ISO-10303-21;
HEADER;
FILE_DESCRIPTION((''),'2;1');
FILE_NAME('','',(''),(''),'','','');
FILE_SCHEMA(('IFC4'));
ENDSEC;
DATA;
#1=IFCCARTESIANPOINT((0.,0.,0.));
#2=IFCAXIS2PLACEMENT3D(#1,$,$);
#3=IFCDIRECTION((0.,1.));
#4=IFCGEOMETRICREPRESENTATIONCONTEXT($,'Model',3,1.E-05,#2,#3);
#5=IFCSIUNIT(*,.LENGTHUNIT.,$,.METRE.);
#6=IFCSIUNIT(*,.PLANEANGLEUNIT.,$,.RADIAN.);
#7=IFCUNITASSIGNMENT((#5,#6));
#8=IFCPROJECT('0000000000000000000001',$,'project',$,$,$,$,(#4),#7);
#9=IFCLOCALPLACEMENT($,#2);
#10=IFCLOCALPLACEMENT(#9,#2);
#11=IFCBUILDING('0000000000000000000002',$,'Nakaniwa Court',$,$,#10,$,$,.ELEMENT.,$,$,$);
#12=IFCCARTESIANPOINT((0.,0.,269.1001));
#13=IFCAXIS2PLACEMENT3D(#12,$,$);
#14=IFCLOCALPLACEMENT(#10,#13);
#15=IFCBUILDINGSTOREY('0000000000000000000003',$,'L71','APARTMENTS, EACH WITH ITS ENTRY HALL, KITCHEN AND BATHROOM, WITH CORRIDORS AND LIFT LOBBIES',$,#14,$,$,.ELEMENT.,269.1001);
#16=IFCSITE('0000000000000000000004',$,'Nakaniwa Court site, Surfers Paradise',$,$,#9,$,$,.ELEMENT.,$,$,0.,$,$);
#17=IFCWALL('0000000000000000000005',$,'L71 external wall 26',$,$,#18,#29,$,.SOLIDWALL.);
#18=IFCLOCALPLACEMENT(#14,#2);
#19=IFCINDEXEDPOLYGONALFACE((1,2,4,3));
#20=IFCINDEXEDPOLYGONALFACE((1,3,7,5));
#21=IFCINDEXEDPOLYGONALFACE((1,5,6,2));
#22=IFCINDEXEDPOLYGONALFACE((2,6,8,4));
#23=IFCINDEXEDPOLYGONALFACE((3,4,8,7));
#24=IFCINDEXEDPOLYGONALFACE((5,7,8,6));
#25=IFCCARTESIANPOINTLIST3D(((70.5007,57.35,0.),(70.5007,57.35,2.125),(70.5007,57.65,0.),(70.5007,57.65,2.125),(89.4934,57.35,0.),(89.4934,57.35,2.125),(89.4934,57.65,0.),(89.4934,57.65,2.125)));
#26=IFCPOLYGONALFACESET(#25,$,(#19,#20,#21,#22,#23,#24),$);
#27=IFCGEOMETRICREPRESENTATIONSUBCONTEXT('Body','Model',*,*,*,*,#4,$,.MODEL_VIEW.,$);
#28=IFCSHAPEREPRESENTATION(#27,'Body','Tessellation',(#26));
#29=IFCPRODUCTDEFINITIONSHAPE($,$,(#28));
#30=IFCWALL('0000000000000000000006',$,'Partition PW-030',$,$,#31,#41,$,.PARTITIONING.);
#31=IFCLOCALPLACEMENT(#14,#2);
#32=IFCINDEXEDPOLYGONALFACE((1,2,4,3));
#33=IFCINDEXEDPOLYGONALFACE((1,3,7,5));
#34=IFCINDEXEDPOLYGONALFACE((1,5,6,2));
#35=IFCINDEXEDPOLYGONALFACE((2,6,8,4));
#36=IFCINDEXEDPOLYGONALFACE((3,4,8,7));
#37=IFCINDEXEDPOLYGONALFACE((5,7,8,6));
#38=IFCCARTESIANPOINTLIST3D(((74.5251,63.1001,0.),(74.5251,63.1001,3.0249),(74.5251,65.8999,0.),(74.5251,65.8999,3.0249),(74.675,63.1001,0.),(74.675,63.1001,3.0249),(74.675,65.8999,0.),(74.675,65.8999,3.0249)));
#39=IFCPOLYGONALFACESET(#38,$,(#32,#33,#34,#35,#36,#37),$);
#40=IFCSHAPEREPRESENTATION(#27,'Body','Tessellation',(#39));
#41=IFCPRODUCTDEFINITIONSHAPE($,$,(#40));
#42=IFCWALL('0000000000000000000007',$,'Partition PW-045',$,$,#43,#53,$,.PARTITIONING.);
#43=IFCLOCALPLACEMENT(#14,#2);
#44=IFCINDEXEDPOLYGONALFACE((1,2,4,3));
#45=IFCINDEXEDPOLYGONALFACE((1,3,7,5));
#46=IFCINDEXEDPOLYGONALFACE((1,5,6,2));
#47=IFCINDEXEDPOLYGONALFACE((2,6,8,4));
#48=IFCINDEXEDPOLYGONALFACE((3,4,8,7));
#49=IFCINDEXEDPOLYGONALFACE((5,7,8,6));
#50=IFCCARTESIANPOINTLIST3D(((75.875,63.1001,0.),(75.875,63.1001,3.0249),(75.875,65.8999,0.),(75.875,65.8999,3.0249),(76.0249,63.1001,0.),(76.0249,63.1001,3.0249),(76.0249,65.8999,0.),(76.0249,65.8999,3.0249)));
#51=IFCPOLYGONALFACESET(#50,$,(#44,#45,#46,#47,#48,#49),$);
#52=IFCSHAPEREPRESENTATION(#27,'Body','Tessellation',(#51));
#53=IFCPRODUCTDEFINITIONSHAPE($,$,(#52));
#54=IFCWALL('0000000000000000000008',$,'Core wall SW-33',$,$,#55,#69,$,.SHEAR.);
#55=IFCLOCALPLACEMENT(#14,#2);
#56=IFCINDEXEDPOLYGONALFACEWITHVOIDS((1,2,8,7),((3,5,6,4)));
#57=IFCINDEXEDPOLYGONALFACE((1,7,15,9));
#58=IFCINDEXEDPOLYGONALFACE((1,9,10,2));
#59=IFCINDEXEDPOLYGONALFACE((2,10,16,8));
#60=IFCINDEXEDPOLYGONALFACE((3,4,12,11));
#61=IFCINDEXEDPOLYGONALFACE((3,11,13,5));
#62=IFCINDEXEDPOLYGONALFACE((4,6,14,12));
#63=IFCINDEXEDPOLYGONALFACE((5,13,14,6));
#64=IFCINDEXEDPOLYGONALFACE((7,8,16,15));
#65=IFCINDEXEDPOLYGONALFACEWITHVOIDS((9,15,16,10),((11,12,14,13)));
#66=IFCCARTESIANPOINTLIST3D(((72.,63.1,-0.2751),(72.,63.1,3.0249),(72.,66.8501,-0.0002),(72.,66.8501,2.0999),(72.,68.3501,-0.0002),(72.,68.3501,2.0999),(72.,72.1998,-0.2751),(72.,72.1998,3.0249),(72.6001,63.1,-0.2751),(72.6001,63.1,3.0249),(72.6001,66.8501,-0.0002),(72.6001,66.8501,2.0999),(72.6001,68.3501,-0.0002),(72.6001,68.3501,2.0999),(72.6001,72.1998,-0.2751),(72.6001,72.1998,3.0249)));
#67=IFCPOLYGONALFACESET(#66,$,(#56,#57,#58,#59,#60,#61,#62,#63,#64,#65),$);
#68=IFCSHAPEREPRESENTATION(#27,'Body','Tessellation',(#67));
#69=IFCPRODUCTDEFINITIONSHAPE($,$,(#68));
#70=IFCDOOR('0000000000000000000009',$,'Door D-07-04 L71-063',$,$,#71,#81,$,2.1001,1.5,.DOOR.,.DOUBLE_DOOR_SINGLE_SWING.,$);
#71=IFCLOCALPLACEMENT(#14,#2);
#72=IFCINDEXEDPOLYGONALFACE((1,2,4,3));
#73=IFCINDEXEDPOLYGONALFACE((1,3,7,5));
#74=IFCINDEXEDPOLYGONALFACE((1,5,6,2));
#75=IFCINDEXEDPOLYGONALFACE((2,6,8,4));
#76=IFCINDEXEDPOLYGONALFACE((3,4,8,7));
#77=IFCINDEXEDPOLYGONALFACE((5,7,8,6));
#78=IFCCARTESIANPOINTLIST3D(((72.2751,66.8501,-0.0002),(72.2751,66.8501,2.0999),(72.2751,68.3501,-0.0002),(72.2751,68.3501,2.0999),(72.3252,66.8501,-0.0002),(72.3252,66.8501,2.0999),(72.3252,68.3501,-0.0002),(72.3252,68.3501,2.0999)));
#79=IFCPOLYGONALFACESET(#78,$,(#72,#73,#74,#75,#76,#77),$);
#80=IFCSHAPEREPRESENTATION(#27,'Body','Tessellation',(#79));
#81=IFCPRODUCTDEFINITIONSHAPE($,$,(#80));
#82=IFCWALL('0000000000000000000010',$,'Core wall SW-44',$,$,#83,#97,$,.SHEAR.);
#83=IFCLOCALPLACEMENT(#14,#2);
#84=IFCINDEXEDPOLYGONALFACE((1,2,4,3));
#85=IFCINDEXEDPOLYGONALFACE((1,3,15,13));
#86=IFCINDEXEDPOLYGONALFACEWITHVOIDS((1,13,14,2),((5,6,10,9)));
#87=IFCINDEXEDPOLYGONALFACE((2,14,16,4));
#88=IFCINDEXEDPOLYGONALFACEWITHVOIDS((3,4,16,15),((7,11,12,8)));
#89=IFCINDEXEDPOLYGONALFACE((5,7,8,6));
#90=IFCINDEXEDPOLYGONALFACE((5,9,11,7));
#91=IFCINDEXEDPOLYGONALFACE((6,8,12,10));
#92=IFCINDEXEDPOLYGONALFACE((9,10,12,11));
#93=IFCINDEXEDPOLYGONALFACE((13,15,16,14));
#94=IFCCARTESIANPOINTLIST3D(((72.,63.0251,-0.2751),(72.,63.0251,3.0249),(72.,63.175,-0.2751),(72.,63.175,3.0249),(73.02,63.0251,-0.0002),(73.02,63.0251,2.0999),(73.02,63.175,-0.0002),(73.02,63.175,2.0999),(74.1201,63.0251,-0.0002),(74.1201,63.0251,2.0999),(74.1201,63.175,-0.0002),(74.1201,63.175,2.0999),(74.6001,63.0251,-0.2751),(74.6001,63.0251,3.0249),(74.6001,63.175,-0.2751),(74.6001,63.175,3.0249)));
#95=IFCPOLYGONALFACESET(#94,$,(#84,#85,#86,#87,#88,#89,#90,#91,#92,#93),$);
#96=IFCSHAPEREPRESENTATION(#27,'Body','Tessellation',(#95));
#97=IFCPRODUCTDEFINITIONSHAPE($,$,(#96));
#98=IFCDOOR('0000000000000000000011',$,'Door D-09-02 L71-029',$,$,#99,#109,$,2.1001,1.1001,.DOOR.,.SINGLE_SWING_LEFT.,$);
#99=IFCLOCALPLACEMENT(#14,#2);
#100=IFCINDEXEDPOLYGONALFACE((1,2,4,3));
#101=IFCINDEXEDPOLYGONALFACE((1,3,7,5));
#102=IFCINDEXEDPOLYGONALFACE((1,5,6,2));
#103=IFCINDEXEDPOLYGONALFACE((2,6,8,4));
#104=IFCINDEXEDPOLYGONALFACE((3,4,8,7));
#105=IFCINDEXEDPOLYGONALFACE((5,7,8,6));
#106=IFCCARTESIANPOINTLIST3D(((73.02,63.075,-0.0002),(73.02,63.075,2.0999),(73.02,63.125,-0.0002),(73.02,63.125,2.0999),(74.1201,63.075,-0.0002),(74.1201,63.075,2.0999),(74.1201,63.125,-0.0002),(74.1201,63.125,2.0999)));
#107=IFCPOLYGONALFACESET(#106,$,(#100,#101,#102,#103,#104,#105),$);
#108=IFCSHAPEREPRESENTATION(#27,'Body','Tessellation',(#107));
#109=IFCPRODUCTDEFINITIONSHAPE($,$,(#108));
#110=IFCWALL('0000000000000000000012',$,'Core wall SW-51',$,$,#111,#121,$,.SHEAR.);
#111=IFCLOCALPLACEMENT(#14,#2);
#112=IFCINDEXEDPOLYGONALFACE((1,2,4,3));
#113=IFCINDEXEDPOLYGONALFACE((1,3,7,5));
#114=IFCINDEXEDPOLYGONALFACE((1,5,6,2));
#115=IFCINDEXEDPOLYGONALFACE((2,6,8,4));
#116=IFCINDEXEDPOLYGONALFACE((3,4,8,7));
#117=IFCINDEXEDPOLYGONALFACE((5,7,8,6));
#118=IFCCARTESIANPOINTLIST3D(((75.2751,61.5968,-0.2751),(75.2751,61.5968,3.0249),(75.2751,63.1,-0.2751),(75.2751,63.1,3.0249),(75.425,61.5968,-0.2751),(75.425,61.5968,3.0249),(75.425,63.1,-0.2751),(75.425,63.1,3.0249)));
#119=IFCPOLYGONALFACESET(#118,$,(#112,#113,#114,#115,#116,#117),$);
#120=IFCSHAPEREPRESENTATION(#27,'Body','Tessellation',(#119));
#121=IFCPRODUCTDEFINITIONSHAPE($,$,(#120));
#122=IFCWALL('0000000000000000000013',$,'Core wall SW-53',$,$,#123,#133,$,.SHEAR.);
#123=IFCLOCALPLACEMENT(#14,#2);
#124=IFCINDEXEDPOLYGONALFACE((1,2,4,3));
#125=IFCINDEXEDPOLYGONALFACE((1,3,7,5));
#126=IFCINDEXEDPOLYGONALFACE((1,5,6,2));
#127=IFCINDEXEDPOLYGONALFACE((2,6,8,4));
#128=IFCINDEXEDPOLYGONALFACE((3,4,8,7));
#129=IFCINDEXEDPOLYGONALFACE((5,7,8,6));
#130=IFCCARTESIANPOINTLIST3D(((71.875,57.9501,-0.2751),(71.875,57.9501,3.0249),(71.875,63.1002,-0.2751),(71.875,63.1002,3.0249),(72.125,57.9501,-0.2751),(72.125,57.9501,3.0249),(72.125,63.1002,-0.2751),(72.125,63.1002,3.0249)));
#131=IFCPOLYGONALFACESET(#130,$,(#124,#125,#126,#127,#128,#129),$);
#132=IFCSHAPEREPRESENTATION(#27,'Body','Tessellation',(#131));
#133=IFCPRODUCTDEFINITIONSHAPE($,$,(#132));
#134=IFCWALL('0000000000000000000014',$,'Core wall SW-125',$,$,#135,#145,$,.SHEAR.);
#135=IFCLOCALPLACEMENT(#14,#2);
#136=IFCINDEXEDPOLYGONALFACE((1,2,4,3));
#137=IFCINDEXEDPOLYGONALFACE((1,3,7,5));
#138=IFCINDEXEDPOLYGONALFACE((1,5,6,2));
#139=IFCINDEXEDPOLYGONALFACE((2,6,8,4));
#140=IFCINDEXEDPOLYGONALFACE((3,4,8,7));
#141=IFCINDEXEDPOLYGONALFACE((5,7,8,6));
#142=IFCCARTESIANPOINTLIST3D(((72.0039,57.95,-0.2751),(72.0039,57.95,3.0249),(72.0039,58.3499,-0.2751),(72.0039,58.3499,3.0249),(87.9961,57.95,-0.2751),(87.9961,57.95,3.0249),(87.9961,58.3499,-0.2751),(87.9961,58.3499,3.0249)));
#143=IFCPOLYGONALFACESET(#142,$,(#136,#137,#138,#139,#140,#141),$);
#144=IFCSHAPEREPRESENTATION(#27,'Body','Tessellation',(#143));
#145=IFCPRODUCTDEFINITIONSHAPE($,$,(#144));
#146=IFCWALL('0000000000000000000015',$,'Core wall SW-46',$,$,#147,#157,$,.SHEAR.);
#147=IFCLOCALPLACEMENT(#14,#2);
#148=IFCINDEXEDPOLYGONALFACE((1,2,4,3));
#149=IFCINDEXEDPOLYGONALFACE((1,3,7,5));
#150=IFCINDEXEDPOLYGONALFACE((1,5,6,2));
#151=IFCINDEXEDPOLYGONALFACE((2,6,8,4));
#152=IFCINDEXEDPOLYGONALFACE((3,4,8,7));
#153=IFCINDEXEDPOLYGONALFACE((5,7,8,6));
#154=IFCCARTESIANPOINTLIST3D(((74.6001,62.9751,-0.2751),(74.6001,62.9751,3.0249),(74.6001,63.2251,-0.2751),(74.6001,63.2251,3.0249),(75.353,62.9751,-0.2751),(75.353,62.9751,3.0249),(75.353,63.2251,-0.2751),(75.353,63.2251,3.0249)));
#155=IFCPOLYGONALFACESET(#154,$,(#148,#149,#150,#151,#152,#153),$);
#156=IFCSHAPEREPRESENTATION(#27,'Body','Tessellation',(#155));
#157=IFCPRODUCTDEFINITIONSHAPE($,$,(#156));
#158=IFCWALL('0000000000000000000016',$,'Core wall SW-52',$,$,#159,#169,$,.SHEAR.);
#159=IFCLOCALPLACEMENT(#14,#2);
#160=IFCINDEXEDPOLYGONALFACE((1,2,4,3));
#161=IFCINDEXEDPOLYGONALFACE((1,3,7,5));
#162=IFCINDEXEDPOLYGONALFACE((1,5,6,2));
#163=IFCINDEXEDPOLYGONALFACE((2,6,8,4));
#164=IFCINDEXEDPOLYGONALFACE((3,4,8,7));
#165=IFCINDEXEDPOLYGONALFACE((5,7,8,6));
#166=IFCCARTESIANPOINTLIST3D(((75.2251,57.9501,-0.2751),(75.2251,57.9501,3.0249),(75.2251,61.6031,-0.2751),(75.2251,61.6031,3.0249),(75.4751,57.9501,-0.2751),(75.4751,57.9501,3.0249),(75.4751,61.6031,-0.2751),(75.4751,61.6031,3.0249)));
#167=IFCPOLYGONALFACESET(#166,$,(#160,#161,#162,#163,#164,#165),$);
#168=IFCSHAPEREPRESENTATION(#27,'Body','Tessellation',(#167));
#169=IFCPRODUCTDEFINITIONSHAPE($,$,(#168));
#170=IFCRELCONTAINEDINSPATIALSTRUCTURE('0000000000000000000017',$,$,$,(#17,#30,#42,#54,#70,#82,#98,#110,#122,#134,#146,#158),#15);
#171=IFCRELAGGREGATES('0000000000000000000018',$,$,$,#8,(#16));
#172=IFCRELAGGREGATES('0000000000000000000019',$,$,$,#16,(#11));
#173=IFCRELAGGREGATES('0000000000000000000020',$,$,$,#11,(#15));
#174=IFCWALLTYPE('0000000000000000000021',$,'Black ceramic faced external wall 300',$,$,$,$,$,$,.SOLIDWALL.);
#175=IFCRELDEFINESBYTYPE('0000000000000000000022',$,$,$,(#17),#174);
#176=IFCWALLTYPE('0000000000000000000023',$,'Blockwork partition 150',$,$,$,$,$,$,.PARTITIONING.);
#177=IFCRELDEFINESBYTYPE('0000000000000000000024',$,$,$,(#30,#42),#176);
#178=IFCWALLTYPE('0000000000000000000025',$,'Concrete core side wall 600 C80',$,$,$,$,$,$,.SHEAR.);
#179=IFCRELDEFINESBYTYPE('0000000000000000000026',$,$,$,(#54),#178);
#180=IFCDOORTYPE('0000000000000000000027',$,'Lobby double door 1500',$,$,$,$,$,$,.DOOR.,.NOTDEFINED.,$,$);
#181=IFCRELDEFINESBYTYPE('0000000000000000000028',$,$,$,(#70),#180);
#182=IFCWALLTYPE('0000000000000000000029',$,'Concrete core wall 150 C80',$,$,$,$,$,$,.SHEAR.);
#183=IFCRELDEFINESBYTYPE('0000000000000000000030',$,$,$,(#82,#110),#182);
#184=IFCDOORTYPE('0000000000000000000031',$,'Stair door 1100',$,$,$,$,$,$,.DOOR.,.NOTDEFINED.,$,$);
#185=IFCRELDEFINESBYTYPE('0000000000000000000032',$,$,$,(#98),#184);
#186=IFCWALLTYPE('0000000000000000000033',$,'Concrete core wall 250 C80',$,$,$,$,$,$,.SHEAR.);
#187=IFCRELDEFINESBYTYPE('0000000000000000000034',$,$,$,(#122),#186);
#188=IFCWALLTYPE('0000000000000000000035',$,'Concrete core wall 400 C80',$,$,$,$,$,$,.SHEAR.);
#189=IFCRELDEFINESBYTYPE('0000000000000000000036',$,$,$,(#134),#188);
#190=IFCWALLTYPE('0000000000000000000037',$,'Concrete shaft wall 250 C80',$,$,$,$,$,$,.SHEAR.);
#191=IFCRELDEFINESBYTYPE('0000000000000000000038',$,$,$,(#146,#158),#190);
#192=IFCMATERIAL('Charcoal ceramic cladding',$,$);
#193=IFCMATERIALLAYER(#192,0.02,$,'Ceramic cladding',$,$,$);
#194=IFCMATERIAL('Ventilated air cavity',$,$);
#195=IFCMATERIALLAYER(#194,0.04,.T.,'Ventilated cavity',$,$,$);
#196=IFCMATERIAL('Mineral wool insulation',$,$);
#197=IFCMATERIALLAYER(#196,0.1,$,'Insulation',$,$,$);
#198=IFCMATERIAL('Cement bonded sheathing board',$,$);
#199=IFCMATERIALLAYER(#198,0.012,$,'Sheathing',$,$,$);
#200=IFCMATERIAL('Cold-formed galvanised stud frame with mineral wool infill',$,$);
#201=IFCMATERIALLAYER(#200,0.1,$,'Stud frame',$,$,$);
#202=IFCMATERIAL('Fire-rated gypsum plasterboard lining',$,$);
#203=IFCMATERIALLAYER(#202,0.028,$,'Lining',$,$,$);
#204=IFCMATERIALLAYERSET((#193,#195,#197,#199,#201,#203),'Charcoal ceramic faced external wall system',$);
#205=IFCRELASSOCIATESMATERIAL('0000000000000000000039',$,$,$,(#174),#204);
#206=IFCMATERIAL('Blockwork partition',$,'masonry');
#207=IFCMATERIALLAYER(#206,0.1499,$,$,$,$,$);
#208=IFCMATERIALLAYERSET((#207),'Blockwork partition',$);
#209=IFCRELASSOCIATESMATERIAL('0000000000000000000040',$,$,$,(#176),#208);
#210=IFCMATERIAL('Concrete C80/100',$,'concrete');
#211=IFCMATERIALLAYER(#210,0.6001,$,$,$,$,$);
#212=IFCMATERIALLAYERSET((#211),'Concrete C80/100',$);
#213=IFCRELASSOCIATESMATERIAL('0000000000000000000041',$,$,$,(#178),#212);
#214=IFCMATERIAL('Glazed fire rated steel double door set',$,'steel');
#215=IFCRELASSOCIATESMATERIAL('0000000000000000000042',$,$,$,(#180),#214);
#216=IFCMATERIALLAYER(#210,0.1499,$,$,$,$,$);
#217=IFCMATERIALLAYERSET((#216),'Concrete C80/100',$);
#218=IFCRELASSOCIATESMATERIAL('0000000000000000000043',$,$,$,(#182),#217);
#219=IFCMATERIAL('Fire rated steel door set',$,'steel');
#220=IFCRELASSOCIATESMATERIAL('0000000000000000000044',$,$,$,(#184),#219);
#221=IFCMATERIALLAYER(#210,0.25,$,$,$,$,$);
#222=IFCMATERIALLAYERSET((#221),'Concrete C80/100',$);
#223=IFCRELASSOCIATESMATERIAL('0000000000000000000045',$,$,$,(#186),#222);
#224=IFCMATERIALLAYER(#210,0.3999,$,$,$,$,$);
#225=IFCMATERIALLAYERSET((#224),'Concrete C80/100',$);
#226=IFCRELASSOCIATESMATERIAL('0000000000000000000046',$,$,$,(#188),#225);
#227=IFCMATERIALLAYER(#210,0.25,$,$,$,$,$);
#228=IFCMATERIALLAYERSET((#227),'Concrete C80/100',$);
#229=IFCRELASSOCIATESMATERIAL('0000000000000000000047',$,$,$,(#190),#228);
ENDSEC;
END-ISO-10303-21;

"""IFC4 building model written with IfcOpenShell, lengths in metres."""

from ifc_helpers import new_model, si_unit, direction, frame, frame_2d, origin, place, context, subcontext, project, spatial, rectangle, extrude, material, layer, layer_set, type_object, element, fill, save


model = new_model("IFC4")

# Units and contexts
model_context = context("Model", 3, precision=1e-05, world=origin(), true_north=direction((0.0, 1.0)))
body_context = subcontext(model_context, "Body", "Model", "MODEL_VIEW")
ifc_project = project(units=[si_unit("LENGTHUNIT", "METRE"), si_unit("PLANEANGLEUNIT", "RADIAN")], contexts=[model_context])

# Site, building, storey
site_placement = place(None, origin())
site = spatial("IfcSite", under=ifc_project, at=site_placement, Name="Nakaniwa Court site, Surfers Paradise", CompositionType="ELEMENT", RefElevation=0.0)
building_placement = place(site_placement, origin())
building = spatial("IfcBuilding", under=site, at=building_placement, Name="Nakaniwa Court", CompositionType="ELEMENT")
storey_placement = place(building_placement, frame((0.0, 0.0, 269.1001)))
storey = spatial("IfcBuildingStorey", under=building, at=storey_placement, Name="L71", Description="APARTMENTS, EACH WITH ITS ENTRY HALL, KITCHEN AND BATHROOM, WITH CORRIDORS AND LIFT LOBBIES", CompositionType="ELEMENT", Elevation=269.1001)

# Walls
ifc_material_1 = material(Name="Charcoal ceramic cladding")
ifc_layer_1 = layer(ifc_material_1, 0.02, Name="Ceramic cladding")
ifc_material_2 = material(Name="Ventilated air cavity")
ifc_layer_2 = layer(ifc_material_2, 0.04, ventilated=True, Name="Ventilated cavity")
ifc_material_3 = material(Name="Mineral wool insulation")
ifc_layer_3 = layer(ifc_material_3, 0.1, Name="Insulation")
ifc_material_4 = material(Name="Cement bonded sheathing board")
ifc_layer_4 = layer(ifc_material_4, 0.012, Name="Sheathing")
ifc_material_5 = material(Name="Cold-formed galvanised stud frame with mineral wool infill")
ifc_layer_5 = layer(ifc_material_5, 0.1, Name="Stud frame")
ifc_material_6 = material(Name="Fire-rated gypsum plasterboard lining")
ifc_layer_6 = layer(ifc_material_6, 0.028, Name="Lining")
ifc_layer_set_1 = layer_set([ifc_layer_1, ifc_layer_2, ifc_layer_3, ifc_layer_4, ifc_layer_5, ifc_layer_6], Name="Charcoal ceramic faced external wall system")
wall_type_1 = type_object("IfcWallType", Name="Black ceramic faced external wall 300", PredefinedType="SOLIDWALL", material=ifc_layer_set_1)
wall_1_placement = place(storey_placement, frame((70.5007, 57.5, 0.0), z_axis=(0.0, 0.0, 1.0), x_axis=(1.0, 0.0, 0.0)))
element("IfcWall", 1, at=wall_1_placement, inside=storey, type_object=wall_type_1, Name="L71 external wall 26", PredefinedType="SOLIDWALL", context=body_context, shape_type="SweptSolid", body=[
    extrude(rectangle(XDim=18.9927, YDim=0.3, at=frame_2d((9.4963, 0.0))), origin(), (0.0, 0.0, 1.0), 2.125),
])
ifc_material_7 = material(Name="Blockwork partition", Category="masonry")
ifc_layer_7 = layer(ifc_material_7, 0.1499)
ifc_layer_set_2 = layer_set([ifc_layer_7], Name="Blockwork partition")
wall_type_2 = type_object("IfcWallType", Name="Blockwork partition 150", PredefinedType="PARTITIONING", material=ifc_layer_set_2)
for number, where, z_axis, x_axis, name in (
    (2, (74.6001, 63.1001, 0.0), (0.0, 0.0, 1.0), (0.0, 1.0, 0.0), "Partition PW-030"),
    (3, (75.95, 63.1001, 0.0), (0.0, 0.0, 1.0), (0.0, 1.0, 0.0), "Partition PW-045"),
):
    element("IfcWall", number, at=place(storey_placement, frame(where, z_axis=z_axis, x_axis=x_axis)), inside=storey, type_object=wall_type_2, Name=name, PredefinedType="PARTITIONING", context=body_context, shape_type="SweptSolid", body=[
        extrude(rectangle(XDim=2.7998, YDim=0.1499, at=frame_2d((1.3999, 0.0))), origin(), (0.0, 0.0, 1.0), 3.0249),
    ])

# Walls, openings, doors
ifc_material_8 = material(Name="Concrete C80/100", Category="concrete")
ifc_layer_8 = layer(ifc_material_8, 0.6001)
ifc_layer_set_3 = layer_set([ifc_layer_8], Name="Concrete C80/100")
wall_type_3 = type_object("IfcWallType", Name="Concrete core side wall 600 C80", PredefinedType="SHEAR", material=ifc_layer_set_3)
wall_2_placement = place(storey_placement, frame((72.3, 63.1001, -0.2751), z_axis=(0.0, 0.0, 1.0), x_axis=(0.0, 1.0, 0.0)))
wall_2 = element("IfcWall", 4, at=wall_2_placement, inside=storey, type_object=wall_type_3, Name="Core wall SW-33", PredefinedType="SHEAR", context=body_context, shape_type="SweptSolid", body=[
    extrude(rectangle(XDim=9.0999, YDim=0.6001, at=frame_2d((4.5498, 0.0))), origin(), (0.0, 0.0, 1.0), 3.3),
])
opening_1_placement = place(wall_2_placement, frame((3.75, 0.0, 0.2749)))
opening_1 = element("IfcOpeningElement", 5, at=opening_1_placement, cuts=wall_2, PredefinedType="OPENING", context=body_context, shape_type="SweptSolid", body=[
    extrude(rectangle(XDim=1.5, YDim=2.1001, at=frame_2d((0.75, 1.05))), frame((0.0, 0.3101, 0.0), z_axis=(0.0, -1.0, 0.0), x_axis=(1.0, 0.0, 0.0)), (0.0, 0.0, 1.0), 0.6201),
])
ifc_material_9 = material(Name="Glazed fire rated steel double door set", Category="steel")
door_type_1 = type_object("IfcDoorType", Name="Lobby double door 1500", OperationType="NOTDEFINED", PredefinedType="DOOR", material=ifc_material_9)
door_1_placement = place(opening_1_placement, origin())
door_1 = element("IfcDoor", 6, at=door_1_placement, inside=storey, type_object=door_type_1, Name="Door D-07-04 L71-063", OperationType="DOUBLE_DOOR_SINGLE_SWING", OverallHeight=2.1001, OverallWidth=1.5, PredefinedType="DOOR", context=body_context, shape_type="SweptSolid", body=[
    extrude(rectangle(XDim=1.5, YDim=2.1001, at=frame_2d((0.75, 1.05))), frame((0.0, 0.0249, 0.0), z_axis=(0.0, -1.0, 0.0), x_axis=(1.0, 0.0, 0.0)), (0.0, 0.0, 1.0), 0.05),
])
fill(opening_1, door_1)
ifc_layer_9 = layer(ifc_material_8, 0.1499)
ifc_layer_set_4 = layer_set([ifc_layer_9], Name="Concrete C80/100")
wall_type_4 = type_object("IfcWallType", Name="Concrete core wall 150 C80", PredefinedType="SHEAR", material=ifc_layer_set_4)
wall_3_placement = place(storey_placement, frame((72.0, 63.1001, -0.2751), z_axis=(0.0, 0.0, 1.0), x_axis=(1.0, 0.0, 0.0)))
wall_3 = element("IfcWall", 7, at=wall_3_placement, inside=storey, type_object=wall_type_4, Name="Core wall SW-44", PredefinedType="SHEAR", context=body_context, shape_type="SweptSolid", body=[
    extrude(rectangle(XDim=2.6001, YDim=0.1499, at=frame_2d((1.3, 0.0))), origin(), (0.0, 0.0, 1.0), 3.3),
])
opening_2_placement = place(wall_3_placement, frame((1.02, 0.0, 0.2749)))
opening_2 = element("IfcOpeningElement", 8, at=opening_2_placement, cuts=wall_3, PredefinedType="OPENING", context=body_context, shape_type="SweptSolid", body=[
    extrude(rectangle(XDim=1.1001, YDim=2.1001, at=frame_2d((0.55, 1.05))), frame((0.0, 0.085, 0.0), z_axis=(0.0, -1.0, 0.0), x_axis=(1.0, 0.0, 0.0)), (0.0, 0.0, 1.0), 0.1699),
])
ifc_material_10 = material(Name="Fire rated steel door set", Category="steel")
door_type_2 = type_object("IfcDoorType", Name="Stair door 1100", OperationType="NOTDEFINED", PredefinedType="DOOR", material=ifc_material_10)
door_2_placement = place(opening_2_placement, origin())
door_2 = element("IfcDoor", 9, at=door_2_placement, inside=storey, type_object=door_type_2, Name="Door D-09-02 L71-029", OperationType="SINGLE_SWING_LEFT", OverallHeight=2.1001, OverallWidth=1.1001, PredefinedType="DOOR", context=body_context, shape_type="SweptSolid", body=[
    extrude(rectangle(XDim=1.1001, YDim=2.1001, at=frame_2d((0.55, 1.05))), frame((0.0, 0.0249, 0.0), z_axis=(0.0, -1.0, 0.0), x_axis=(1.0, 0.0, 0.0)), (0.0, 0.0, 1.0), 0.05),
])
fill(opening_2, door_2)

# Walls
wall_4_placement = place(storey_placement, frame((75.3501, 61.5969, -0.2751), z_axis=(0.0, 0.0, 1.0), x_axis=(0.0, 1.0, 0.0)))
element("IfcWall", 10, at=wall_4_placement, inside=storey, type_object=wall_type_4, Name="Core wall SW-51", PredefinedType="SHEAR", context=body_context, shape_type="SweptSolid", body=[
    extrude(rectangle(XDim=1.5032, YDim=0.1499, at=frame_2d((0.7515, 0.0))), origin(), (0.0, 0.0, 1.0), 3.3),
])
ifc_layer_10 = layer(ifc_material_8, 0.25)
ifc_layer_set_5 = layer_set([ifc_layer_10], Name="Concrete C80/100")
wall_type_5 = type_object("IfcWallType", Name="Concrete core wall 250 C80", PredefinedType="SHEAR", material=ifc_layer_set_5)
wall_5_placement = place(storey_placement, frame((72.0, 57.95, -0.2751), z_axis=(0.0, 0.0, 1.0), x_axis=(0.0, 1.0, 0.0)))
element("IfcWall", 11, at=wall_5_placement, inside=storey, type_object=wall_type_5, Name="Core wall SW-53", PredefinedType="SHEAR", context=body_context, shape_type="SweptSolid", body=[
    extrude(rectangle(XDim=5.1501, YDim=0.25, at=frame_2d((2.5752, 0.0))), origin(), (0.0, 0.0, 1.0), 3.3),
])
ifc_layer_11 = layer(ifc_material_8, 0.3999)
ifc_layer_set_6 = layer_set([ifc_layer_11], Name="Concrete C80/100")
wall_type_6 = type_object("IfcWallType", Name="Concrete core wall 400 C80", PredefinedType="SHEAR", material=ifc_layer_set_6)
wall_6_placement = place(storey_placement, frame((72.0039, 58.1499, -0.2751), z_axis=(0.0, 0.0, 1.0), x_axis=(1.0, 0.0, 0.0)))
element("IfcWall", 12, at=wall_6_placement, inside=storey, type_object=wall_type_6, Name="Core wall SW-125", PredefinedType="SHEAR", context=body_context, shape_type="SweptSolid", body=[
    extrude(rectangle(XDim=15.9922, YDim=0.3999, at=frame_2d((7.9961, 0.0))), origin(), (0.0, 0.0, 1.0), 3.3),
])
ifc_layer_12 = layer(ifc_material_8, 0.25)
ifc_layer_set_7 = layer_set([ifc_layer_12], Name="Concrete C80/100")
wall_type_7 = type_object("IfcWallType", Name="Concrete shaft wall 250 C80", PredefinedType="SHEAR", material=ifc_layer_set_7)
wall_7_placement = place(storey_placement, frame((74.6001, 63.1001, -0.2751), z_axis=(0.0, 0.0, 1.0), x_axis=(1.0, 0.0, 0.0)))
element("IfcWall", 13, at=wall_7_placement, inside=storey, type_object=wall_type_7, Name="Core wall SW-46", PredefinedType="SHEAR", context=body_context, shape_type="SweptSolid", body=[
    extrude(rectangle(XDim=0.7529, YDim=0.25, at=frame_2d((0.3765, 0.0))), origin(), (0.0, 0.0, 1.0), 3.3),
])
wall_8_placement = place(storey_placement, frame((75.3501, 57.95, -0.2751), z_axis=(0.0, 0.0, 1.0), x_axis=(0.0, 1.0, 0.0)))
element("IfcWall", 14, at=wall_8_placement, inside=storey, type_object=wall_type_7, Name="Core wall SW-52", PredefinedType="SHEAR", context=body_context, shape_type="SweptSolid", body=[
    extrude(rectangle(XDim=3.6531, YDim=0.25, at=frame_2d((1.8267, 0.0))), origin(), (0.0, 0.0, 1.0), 3.3),
])

save(model, "model.ifc")
